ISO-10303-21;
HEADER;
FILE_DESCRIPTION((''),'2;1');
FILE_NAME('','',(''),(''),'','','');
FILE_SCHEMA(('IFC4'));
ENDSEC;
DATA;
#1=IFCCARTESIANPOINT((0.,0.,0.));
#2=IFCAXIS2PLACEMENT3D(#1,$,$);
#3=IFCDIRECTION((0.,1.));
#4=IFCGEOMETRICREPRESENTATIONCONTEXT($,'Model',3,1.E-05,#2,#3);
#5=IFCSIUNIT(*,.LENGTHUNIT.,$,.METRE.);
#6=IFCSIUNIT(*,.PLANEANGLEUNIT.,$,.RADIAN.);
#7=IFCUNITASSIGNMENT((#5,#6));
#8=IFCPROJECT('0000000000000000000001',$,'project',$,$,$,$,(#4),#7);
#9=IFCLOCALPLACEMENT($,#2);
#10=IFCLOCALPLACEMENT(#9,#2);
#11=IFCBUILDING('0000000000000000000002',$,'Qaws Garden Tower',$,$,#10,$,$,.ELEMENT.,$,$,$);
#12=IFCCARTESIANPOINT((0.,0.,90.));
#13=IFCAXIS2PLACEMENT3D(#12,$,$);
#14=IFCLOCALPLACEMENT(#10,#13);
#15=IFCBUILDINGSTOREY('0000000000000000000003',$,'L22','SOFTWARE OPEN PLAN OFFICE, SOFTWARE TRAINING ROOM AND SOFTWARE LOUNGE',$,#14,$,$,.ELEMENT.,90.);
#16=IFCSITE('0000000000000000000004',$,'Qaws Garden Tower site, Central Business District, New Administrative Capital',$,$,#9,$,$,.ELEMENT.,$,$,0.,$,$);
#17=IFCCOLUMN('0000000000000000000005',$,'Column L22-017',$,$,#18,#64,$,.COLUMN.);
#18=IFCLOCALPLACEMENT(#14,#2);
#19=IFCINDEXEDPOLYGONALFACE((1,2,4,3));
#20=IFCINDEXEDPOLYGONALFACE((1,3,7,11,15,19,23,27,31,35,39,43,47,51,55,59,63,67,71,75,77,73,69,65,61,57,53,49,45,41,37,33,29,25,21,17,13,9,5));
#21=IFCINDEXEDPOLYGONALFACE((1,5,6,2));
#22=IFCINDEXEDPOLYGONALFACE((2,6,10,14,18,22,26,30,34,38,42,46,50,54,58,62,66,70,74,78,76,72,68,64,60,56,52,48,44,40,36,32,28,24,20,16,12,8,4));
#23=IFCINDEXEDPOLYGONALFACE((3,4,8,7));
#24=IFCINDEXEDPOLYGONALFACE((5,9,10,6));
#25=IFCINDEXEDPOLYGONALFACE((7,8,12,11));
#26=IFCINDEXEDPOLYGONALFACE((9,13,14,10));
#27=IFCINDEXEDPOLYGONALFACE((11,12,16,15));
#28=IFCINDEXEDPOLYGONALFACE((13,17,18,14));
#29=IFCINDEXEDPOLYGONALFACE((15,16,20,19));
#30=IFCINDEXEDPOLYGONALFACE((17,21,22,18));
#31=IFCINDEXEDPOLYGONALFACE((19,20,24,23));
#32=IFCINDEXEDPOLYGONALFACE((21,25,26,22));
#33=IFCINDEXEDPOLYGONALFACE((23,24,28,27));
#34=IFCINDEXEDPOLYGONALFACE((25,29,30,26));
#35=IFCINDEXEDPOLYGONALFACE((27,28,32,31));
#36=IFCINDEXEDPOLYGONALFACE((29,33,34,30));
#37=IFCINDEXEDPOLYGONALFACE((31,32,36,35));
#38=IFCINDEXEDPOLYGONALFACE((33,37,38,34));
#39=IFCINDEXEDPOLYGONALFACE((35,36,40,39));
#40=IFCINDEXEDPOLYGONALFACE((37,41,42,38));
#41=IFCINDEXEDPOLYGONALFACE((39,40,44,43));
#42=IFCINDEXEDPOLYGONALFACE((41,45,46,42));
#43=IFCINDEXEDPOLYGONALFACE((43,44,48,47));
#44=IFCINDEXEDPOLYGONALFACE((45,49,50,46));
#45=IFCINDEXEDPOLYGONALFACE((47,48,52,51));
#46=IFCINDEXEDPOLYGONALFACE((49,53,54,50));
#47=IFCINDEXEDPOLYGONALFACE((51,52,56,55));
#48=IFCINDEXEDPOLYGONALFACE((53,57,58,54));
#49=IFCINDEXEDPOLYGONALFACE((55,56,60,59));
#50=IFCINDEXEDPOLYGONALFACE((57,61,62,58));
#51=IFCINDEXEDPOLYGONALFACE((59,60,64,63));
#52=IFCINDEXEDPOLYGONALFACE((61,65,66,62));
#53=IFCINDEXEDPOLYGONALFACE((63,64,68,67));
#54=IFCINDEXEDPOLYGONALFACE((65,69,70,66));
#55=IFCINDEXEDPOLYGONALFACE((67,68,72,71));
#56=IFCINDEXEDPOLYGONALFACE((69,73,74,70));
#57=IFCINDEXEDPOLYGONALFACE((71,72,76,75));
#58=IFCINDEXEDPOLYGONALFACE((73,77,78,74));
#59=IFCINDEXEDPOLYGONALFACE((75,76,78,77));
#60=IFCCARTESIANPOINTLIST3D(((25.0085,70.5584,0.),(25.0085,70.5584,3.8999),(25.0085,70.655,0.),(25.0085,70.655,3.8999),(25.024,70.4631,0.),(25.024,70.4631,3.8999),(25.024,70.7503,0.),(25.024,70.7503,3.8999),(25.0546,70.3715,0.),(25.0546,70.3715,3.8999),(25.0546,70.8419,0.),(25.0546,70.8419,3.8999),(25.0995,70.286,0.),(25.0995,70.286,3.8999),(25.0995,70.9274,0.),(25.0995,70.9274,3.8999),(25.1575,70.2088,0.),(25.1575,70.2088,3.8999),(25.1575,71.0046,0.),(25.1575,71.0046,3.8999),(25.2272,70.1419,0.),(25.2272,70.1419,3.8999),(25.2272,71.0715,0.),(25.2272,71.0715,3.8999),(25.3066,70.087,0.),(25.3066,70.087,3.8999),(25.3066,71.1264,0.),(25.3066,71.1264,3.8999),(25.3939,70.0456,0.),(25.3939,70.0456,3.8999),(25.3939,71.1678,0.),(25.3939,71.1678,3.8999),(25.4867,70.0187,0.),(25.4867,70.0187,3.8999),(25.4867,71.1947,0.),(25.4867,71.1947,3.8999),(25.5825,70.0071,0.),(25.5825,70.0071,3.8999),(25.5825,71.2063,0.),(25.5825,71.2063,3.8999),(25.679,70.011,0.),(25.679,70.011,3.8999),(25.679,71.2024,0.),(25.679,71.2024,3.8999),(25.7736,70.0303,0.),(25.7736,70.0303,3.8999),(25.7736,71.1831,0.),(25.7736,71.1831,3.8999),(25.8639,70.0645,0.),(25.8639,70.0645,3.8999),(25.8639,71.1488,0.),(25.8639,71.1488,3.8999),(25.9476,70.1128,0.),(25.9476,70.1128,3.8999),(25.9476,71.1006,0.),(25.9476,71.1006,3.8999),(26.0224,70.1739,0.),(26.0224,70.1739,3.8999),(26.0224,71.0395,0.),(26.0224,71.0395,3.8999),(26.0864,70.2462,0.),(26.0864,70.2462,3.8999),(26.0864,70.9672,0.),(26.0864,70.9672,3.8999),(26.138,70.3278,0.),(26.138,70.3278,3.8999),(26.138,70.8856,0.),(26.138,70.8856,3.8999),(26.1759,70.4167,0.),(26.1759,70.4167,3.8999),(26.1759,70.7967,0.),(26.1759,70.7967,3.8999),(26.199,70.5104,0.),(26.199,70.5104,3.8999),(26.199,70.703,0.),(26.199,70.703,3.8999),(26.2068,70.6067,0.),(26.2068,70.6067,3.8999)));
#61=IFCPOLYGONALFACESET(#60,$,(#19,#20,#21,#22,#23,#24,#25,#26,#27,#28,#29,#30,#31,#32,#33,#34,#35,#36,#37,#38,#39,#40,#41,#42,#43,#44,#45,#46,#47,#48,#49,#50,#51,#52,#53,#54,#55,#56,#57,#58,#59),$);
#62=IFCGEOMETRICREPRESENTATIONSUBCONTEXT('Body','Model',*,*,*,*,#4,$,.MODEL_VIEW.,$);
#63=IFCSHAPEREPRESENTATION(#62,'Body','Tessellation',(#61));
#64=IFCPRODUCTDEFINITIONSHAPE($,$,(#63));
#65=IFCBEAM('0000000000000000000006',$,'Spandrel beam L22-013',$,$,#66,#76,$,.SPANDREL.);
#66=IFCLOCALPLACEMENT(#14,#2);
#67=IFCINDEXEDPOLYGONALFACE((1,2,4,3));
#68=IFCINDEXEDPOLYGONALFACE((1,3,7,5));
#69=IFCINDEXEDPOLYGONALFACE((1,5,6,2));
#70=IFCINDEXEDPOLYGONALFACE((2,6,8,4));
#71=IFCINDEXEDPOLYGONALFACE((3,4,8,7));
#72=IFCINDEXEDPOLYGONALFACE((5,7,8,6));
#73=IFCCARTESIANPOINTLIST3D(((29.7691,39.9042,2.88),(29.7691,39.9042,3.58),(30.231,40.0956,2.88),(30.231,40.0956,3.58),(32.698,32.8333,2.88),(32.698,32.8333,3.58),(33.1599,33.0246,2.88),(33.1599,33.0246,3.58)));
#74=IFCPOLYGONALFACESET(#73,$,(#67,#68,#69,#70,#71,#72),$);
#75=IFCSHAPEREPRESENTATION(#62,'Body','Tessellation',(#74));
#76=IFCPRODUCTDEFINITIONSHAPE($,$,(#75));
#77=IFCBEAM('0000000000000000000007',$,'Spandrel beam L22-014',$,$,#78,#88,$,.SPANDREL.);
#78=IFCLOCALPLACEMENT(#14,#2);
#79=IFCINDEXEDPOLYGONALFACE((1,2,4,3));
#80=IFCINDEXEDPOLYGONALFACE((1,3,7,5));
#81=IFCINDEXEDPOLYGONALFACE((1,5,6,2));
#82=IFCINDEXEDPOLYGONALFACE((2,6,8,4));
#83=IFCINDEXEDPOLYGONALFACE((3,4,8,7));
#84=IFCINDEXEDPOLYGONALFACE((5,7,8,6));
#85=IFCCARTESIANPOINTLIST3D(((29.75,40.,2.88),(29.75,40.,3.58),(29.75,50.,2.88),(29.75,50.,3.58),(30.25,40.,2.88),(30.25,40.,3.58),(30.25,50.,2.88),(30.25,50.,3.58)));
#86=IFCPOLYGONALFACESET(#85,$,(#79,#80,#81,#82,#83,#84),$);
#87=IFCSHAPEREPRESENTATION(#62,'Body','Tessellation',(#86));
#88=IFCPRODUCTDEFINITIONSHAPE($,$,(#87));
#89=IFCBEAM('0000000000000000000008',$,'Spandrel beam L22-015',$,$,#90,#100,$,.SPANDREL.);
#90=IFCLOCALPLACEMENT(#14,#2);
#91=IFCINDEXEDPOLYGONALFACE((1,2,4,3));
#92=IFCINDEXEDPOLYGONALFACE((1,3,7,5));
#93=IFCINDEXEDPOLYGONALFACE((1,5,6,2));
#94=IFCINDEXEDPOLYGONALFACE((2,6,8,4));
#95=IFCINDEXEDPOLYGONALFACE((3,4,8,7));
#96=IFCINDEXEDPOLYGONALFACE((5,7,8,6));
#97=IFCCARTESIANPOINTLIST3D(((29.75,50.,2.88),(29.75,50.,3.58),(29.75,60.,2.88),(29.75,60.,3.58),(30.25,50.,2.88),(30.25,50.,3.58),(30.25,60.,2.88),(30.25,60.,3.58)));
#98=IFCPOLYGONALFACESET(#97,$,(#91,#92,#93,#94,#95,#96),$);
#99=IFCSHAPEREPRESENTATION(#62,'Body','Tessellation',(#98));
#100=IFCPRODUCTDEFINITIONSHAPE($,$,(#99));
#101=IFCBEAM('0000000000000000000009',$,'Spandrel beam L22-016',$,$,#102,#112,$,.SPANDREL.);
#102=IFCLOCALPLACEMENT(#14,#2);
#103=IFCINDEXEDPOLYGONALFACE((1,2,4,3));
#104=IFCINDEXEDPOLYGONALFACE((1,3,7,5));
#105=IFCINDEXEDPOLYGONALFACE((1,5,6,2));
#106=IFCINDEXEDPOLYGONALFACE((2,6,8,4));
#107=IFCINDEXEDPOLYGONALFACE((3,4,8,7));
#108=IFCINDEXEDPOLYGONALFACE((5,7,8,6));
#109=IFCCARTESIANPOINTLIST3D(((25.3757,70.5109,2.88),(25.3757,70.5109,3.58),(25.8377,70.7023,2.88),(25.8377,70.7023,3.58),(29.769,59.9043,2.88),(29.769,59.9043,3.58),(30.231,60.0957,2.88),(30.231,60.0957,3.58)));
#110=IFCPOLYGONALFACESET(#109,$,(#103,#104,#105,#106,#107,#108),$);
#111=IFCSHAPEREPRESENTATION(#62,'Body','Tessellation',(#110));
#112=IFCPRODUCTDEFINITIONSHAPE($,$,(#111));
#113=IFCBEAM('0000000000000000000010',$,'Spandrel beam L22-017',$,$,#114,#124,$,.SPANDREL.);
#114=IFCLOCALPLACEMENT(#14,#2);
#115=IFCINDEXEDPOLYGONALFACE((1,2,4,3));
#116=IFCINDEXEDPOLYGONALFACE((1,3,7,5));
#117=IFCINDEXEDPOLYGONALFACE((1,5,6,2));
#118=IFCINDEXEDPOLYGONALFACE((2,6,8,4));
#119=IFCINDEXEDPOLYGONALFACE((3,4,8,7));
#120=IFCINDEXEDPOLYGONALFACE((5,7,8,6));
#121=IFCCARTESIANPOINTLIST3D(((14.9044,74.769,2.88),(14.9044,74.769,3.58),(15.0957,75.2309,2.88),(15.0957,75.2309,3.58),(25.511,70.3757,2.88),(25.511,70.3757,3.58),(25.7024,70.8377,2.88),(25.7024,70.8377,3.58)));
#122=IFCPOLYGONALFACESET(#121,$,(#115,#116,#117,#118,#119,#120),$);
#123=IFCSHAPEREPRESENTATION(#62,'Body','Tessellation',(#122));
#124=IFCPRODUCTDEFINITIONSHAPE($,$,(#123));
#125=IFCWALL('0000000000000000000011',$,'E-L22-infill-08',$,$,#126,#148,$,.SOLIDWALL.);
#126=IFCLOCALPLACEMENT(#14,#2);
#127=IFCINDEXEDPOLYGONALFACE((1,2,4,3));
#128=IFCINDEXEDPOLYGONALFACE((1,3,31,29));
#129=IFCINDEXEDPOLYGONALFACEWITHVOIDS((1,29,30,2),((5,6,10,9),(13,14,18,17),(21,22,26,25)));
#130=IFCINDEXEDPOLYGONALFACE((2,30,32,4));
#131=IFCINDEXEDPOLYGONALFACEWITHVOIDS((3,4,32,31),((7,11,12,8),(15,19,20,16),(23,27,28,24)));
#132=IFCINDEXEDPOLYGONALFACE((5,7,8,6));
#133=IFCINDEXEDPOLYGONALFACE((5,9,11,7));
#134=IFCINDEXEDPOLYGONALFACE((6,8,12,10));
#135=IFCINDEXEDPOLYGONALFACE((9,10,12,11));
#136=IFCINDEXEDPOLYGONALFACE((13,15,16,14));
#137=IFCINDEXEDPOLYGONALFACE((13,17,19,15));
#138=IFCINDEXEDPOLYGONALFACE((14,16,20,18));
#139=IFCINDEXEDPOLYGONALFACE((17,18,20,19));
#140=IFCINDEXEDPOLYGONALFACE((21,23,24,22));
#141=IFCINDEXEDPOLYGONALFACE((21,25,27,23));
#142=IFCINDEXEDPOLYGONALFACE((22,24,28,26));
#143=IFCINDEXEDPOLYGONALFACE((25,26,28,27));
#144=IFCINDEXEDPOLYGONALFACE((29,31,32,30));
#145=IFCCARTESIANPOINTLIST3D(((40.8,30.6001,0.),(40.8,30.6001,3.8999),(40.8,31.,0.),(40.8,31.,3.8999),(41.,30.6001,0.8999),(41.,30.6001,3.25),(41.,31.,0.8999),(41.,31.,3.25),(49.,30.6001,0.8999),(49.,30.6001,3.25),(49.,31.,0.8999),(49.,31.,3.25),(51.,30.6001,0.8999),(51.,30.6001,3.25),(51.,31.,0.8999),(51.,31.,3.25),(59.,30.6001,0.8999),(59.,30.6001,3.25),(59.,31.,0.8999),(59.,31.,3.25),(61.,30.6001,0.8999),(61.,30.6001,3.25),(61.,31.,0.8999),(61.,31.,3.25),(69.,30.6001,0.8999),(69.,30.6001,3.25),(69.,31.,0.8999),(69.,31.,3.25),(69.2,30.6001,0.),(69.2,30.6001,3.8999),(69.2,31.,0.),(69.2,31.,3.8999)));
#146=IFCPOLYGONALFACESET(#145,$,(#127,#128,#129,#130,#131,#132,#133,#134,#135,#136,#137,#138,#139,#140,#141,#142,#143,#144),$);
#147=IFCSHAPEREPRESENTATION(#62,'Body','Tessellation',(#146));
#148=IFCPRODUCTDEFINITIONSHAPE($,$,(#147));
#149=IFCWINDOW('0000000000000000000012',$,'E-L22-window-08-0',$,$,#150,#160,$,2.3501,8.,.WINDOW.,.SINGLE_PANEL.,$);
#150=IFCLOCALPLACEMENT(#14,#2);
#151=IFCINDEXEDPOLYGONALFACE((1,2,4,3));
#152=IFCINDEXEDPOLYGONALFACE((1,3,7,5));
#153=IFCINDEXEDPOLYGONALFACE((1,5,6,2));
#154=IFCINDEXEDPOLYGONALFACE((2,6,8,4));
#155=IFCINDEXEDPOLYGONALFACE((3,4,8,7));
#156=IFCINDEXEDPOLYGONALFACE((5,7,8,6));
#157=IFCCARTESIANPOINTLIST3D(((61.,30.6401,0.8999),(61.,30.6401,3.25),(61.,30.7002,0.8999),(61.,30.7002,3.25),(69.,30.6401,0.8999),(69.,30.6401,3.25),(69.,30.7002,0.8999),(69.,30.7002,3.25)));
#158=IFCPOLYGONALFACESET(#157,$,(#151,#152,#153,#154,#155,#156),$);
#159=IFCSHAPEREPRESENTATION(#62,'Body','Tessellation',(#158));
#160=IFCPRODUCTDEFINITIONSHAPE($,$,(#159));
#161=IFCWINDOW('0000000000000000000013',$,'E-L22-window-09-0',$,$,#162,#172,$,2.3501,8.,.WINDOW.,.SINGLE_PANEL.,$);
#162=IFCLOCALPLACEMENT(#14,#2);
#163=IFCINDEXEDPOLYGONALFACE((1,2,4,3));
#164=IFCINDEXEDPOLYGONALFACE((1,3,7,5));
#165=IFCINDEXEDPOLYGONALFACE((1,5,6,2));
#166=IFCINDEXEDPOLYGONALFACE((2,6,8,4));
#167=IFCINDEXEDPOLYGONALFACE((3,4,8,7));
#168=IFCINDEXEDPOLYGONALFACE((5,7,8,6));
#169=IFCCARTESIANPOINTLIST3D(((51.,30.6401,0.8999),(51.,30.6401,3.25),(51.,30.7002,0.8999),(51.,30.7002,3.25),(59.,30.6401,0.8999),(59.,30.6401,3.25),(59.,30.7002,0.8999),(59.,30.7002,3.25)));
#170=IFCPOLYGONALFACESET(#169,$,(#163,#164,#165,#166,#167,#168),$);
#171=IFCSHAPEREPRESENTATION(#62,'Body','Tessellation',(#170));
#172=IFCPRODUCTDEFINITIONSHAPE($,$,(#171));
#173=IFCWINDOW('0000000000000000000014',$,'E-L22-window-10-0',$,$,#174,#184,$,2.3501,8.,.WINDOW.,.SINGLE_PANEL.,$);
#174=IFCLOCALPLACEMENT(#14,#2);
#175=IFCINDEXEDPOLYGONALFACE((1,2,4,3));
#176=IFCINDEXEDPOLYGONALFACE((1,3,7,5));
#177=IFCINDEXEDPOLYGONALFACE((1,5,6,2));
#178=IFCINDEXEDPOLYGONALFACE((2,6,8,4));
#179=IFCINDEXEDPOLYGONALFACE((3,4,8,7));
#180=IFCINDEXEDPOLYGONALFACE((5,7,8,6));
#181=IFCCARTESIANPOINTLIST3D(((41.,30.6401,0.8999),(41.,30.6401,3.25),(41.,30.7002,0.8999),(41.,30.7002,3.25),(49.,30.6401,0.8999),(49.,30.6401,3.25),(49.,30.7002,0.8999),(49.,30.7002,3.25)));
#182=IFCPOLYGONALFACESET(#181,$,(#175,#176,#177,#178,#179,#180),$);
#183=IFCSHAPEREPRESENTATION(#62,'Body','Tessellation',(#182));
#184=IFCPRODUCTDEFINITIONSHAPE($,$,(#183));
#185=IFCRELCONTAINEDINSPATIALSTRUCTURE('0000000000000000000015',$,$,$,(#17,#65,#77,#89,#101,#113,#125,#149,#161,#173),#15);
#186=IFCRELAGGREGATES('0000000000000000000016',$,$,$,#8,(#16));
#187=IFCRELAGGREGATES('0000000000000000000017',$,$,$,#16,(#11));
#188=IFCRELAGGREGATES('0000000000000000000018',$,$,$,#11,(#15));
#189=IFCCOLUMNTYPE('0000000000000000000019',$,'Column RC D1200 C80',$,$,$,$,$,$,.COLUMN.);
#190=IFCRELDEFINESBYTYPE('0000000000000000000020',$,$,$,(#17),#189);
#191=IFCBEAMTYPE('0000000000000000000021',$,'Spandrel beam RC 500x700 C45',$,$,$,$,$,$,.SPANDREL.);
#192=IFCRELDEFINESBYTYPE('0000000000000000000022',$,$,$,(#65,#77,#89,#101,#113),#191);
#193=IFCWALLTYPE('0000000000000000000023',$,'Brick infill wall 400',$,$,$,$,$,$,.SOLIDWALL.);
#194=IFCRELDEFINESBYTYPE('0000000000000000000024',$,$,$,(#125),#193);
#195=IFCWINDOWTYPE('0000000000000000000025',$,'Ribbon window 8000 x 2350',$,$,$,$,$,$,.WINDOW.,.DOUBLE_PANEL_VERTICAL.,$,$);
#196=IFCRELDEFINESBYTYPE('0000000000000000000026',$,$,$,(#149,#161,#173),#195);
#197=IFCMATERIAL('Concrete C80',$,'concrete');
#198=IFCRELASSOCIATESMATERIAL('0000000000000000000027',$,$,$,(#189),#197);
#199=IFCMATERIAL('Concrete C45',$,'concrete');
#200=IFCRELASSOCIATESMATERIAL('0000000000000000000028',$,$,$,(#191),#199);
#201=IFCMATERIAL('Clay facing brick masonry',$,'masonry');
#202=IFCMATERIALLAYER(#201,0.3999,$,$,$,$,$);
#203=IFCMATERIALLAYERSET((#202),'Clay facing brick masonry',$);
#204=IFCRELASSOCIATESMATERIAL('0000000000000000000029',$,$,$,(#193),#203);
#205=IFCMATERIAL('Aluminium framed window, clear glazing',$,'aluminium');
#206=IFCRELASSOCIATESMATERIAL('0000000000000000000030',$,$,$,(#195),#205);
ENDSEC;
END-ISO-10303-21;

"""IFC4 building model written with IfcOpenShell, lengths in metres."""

from ifc_helpers import new_model, si_unit, direction, frame, frame_2d, origin, origin_2d, place, context, subcontext, project, spatial, rectangle, circle, extrude, material, layer, layer_set, material_profile, profile_set, type_object, element, fill, save


model = new_model("IFC4")

# Units and contexts
model_context = context("Model", 3, precision=1e-05, world=origin(), true_north=direction((0.0, 1.0)))
body_context = subcontext(model_context, "Body", "Model", "MODEL_VIEW")
ifc_project = project(units=[si_unit("LENGTHUNIT", "METRE"), si_unit("PLANEANGLEUNIT", "RADIAN")], contexts=[model_context])

# Site, building, storey
site_placement = place(None, origin())
site = spatial("IfcSite", under=ifc_project, at=site_placement, Name="Qaws Garden Tower site, Central Business District, New Administrative Capital", CompositionType="ELEMENT", RefElevation=0.0)
building_placement = place(site_placement, origin())
building = spatial("IfcBuilding", under=site, at=building_placement, Name="Qaws Garden Tower", CompositionType="ELEMENT")
storey_placement = place(building_placement, frame((0.0, 0.0, 90.0)))
storey = spatial("IfcBuildingStorey", under=building, at=storey_placement, Name="L22", Description="SOFTWARE OPEN PLAN OFFICE, SOFTWARE TRAINING ROOM AND SOFTWARE LOUNGE", CompositionType="ELEMENT", Elevation=90.0)

# Column
ifc_material_1 = material(Name="Concrete C80", Category="concrete")
ifc_material_profile_1 = material_profile(ifc_material_1, circle(Radius=0.6001, at=origin_2d()), Name="RC D1200")
ifc_profile_set_1 = profile_set([ifc_material_profile_1], Name="Concrete C80")
column_type_1 = type_object("IfcColumnType", Name="Column RC D1200 C80", PredefinedType="COLUMN", material=ifc_profile_set_1)
for number, where, z_axis, x_axis, name in (
    (1, (25.6067, 70.6067, 0.0), (0.0, 0.0, 1.0), (1.0, 0.0, 0.0), "Column L22-017"),
):
    element("IfcColumn", number, at=place(storey_placement, frame(where, z_axis=z_axis, x_axis=x_axis)), inside=storey, type_object=column_type_1, Name=name, PredefinedType="COLUMN", context=body_context, shape_type="SweptSolid", body=[
        extrude(circle(Radius=0.6001, at=origin_2d()), origin(), (0.0, 0.0, 1.0), 3.8999),
    ])

# Beams
ifc_material_2 = material(Name="Concrete C45", Category="concrete")
ifc_material_profile_2 = material_profile(ifc_material_2, rectangle(XDim=0.5, YDim=0.7, at=origin_2d()), Name="RC 500x700")
ifc_profile_set_2 = profile_set([ifc_material_profile_2], Name="Concrete C45")
beam_type = type_object("IfcBeamType", Name="Spandrel beam RC 500x700 C45", PredefinedType="SPANDREL", material=ifc_profile_set_2)
beam_placement = place(storey_placement, frame((32.929, 32.929, 3.23), z_axis=(-0.382687, 0.923878, 0.0), x_axis=(-0.923878, -0.382687, 0.0)))
element("IfcBeam", 2, at=beam_placement, inside=storey, type_object=beam_type, Name="Spandrel beam L22-013", PredefinedType="SPANDREL", context=body_context, shape_type="SweptSolid", body=[
    extrude(rectangle(XDim=0.5, YDim=0.7, at=origin_2d()), origin(), (0.0, 0.0, 1.0), 7.6536),
])
for number, where, z_axis, x_axis, name in (
    (3, (30.0, 40.0, 3.23), (0.0, 1.0, 0.0), (-1.0, 0.0, 0.0), "Spandrel beam L22-014"),
    (4, (30.0, 50.0, 3.23), (0.0, 1.0, 0.0), (-1.0, 0.0, 0.0), "Spandrel beam L22-015"),
):
    element("IfcBeam", number, at=place(storey_placement, frame(where, z_axis=z_axis, x_axis=x_axis)), inside=storey, type_object=beam_type, Name=name, PredefinedType="SPANDREL", context=body_context, shape_type="SweptSolid", body=[
        extrude(rectangle(XDim=0.5, YDim=0.7, at=origin_2d()), origin(), (0.0, 0.0, 1.0), 10.0),
    ])
for number, where, z_axis, x_axis, name in (
    (5, (30.0, 60.0, 3.23), (-0.382674, 0.923883, 0.0), (-0.923883, -0.382674, 0.0), "Spandrel beam L22-016"),
    (6, (25.6067, 70.6067, 3.23), (-0.923883, 0.382674, 0.0), (-0.382674, -0.923883, 0.0), "Spandrel beam L22-017"),
):
    element("IfcBeam", number, at=place(storey_placement, frame(where, z_axis=z_axis, x_axis=x_axis)), inside=storey, type_object=beam_type, Name=name, PredefinedType="SPANDREL", context=body_context, shape_type="SweptSolid", body=[
        extrude(rectangle(XDim=0.5, YDim=0.7, at=origin_2d()), origin(), (0.0, 0.0, 1.0), 11.4805),
    ])

# Wall, openings, windows
ifc_material_3 = material(Name="Clay facing brick masonry", Category="masonry")
ifc_layer_1 = layer(ifc_material_3, 0.3999)
ifc_layer_set_1 = layer_set([ifc_layer_1], Name="Clay facing brick masonry")
wall_type_1 = type_object("IfcWallType", Name="Brick infill wall 400", PredefinedType="SOLIDWALL", material=ifc_layer_set_1)
wall_1_placement = place(storey_placement, frame((69.2, 30.8, 0.0), z_axis=(0.0, 0.0, 1.0), x_axis=(-1.0, 0.0, 0.0)))
wall_1 = element("IfcWall", 7, at=wall_1_placement, inside=storey, type_object=wall_type_1, Name="E-L22-infill-08", PredefinedType="SOLIDWALL", context=body_context, shape_type="SweptSolid", body=[
    extrude(rectangle(XDim=28.3999, YDim=0.3999, at=frame_2d((14.2, 0.0))), origin(), (0.0, 0.0, 1.0), 3.8999),
])
opening_1_placement = place(wall_1_placement, frame((0.2, 0.0, 0.8999)))
opening_1 = element("IfcOpeningElement", 8, at=opening_1_placement, cuts=wall_1, PredefinedType="OPENING", context=body_context, shape_type="SweptSolid", body=[
    extrude(rectangle(XDim=8.0, YDim=2.3501, at=frame_2d((4.0, 1.175))), frame((0.0, 0.21, 0.0), z_axis=(0.0, -1.0, 0.0), x_axis=(1.0, 0.0, 0.0)), (0.0, 0.0, 1.0), 0.4199),
])
opening_2_placement = place(wall_1_placement, frame((10.2, 0.0, 0.8999)))
opening_2 = element("IfcOpeningElement", 9, at=opening_2_placement, cuts=wall_1, PredefinedType="OPENING", context=body_context, shape_type="SweptSolid", body=[
    extrude(rectangle(XDim=8.0, YDim=2.3501, at=frame_2d((4.0, 1.175))), frame((0.0, 0.21, 0.0), z_axis=(0.0, -1.0, 0.0), x_axis=(1.0, 0.0, 0.0)), (0.0, 0.0, 1.0), 0.4199),
])
opening_3_placement = place(wall_1_placement, frame((20.2, 0.0, 0.8999)))
opening_3 = element("IfcOpeningElement", 10, at=opening_3_placement, cuts=wall_1, PredefinedType="OPENING", context=body_context, shape_type="SweptSolid", body=[
    extrude(rectangle(XDim=8.0, YDim=2.3501, at=frame_2d((4.0, 1.175))), frame((0.0, 0.21, 0.0), z_axis=(0.0, -1.0, 0.0), x_axis=(1.0, 0.0, 0.0)), (0.0, 0.0, 1.0), 0.4199),
])
ifc_material_4 = material(Name="Aluminium framed window, clear glazing", Category="aluminium")
window_type_1 = type_object("IfcWindowType", Name="Ribbon window 8000 x 2350", PartitioningType="DOUBLE_PANEL_VERTICAL", PredefinedType="WINDOW", material=ifc_material_4)
window_1_placement = place(opening_1_placement, origin())
window_1 = element("IfcWindow", 11, at=window_1_placement, inside=storey, type_object=window_type_1, Name="E-L22-window-08-0", OverallHeight=2.3501, OverallWidth=8.0, PartitioningType="SINGLE_PANEL", PredefinedType="WINDOW", context=body_context, shape_type="SweptSolid", body=[
    extrude(rectangle(XDim=8.0, YDim=2.3501, at=frame_2d((4.0, 1.175))), frame((0.0, 0.1599, 0.0), z_axis=(0.0, -1.0, 0.0), x_axis=(1.0, 0.0, 0.0)), (0.0, 0.0, 1.0), 0.0601),
])
fill(opening_1, window_1)
window_2_placement = place(opening_2_placement, origin())
window_2 = element("IfcWindow", 12, at=window_2_placement, inside=storey, type_object=window_type_1, Name="E-L22-window-09-0", OverallHeight=2.3501, OverallWidth=8.0, PartitioningType="SINGLE_PANEL", PredefinedType="WINDOW", context=body_context, shape_type="SweptSolid", body=[
    extrude(rectangle(XDim=8.0, YDim=2.3501, at=frame_2d((4.0, 1.175))), frame((0.0, 0.1599, 0.0), z_axis=(0.0, -1.0, 0.0), x_axis=(1.0, 0.0, 0.0)), (0.0, 0.0, 1.0), 0.0601),
])
fill(opening_2, window_2)
window_3_placement = place(opening_3_placement, origin())
window_3 = element("IfcWindow", 13, at=window_3_placement, inside=storey, type_object=window_type_1, Name="E-L22-window-10-0", OverallHeight=2.3501, OverallWidth=8.0, PartitioningType="SINGLE_PANEL", PredefinedType="WINDOW", context=body_context, shape_type="SweptSolid", body=[
    extrude(rectangle(XDim=8.0, YDim=2.3501, at=frame_2d((4.0, 1.175))), frame((0.0, 0.1599, 0.0), z_axis=(0.0, -1.0, 0.0), x_axis=(1.0, 0.0, 0.0)), (0.0, 0.0, 1.0), 0.0601),
])
fill(opening_3, window_3)

save(model, "model.ifc")
